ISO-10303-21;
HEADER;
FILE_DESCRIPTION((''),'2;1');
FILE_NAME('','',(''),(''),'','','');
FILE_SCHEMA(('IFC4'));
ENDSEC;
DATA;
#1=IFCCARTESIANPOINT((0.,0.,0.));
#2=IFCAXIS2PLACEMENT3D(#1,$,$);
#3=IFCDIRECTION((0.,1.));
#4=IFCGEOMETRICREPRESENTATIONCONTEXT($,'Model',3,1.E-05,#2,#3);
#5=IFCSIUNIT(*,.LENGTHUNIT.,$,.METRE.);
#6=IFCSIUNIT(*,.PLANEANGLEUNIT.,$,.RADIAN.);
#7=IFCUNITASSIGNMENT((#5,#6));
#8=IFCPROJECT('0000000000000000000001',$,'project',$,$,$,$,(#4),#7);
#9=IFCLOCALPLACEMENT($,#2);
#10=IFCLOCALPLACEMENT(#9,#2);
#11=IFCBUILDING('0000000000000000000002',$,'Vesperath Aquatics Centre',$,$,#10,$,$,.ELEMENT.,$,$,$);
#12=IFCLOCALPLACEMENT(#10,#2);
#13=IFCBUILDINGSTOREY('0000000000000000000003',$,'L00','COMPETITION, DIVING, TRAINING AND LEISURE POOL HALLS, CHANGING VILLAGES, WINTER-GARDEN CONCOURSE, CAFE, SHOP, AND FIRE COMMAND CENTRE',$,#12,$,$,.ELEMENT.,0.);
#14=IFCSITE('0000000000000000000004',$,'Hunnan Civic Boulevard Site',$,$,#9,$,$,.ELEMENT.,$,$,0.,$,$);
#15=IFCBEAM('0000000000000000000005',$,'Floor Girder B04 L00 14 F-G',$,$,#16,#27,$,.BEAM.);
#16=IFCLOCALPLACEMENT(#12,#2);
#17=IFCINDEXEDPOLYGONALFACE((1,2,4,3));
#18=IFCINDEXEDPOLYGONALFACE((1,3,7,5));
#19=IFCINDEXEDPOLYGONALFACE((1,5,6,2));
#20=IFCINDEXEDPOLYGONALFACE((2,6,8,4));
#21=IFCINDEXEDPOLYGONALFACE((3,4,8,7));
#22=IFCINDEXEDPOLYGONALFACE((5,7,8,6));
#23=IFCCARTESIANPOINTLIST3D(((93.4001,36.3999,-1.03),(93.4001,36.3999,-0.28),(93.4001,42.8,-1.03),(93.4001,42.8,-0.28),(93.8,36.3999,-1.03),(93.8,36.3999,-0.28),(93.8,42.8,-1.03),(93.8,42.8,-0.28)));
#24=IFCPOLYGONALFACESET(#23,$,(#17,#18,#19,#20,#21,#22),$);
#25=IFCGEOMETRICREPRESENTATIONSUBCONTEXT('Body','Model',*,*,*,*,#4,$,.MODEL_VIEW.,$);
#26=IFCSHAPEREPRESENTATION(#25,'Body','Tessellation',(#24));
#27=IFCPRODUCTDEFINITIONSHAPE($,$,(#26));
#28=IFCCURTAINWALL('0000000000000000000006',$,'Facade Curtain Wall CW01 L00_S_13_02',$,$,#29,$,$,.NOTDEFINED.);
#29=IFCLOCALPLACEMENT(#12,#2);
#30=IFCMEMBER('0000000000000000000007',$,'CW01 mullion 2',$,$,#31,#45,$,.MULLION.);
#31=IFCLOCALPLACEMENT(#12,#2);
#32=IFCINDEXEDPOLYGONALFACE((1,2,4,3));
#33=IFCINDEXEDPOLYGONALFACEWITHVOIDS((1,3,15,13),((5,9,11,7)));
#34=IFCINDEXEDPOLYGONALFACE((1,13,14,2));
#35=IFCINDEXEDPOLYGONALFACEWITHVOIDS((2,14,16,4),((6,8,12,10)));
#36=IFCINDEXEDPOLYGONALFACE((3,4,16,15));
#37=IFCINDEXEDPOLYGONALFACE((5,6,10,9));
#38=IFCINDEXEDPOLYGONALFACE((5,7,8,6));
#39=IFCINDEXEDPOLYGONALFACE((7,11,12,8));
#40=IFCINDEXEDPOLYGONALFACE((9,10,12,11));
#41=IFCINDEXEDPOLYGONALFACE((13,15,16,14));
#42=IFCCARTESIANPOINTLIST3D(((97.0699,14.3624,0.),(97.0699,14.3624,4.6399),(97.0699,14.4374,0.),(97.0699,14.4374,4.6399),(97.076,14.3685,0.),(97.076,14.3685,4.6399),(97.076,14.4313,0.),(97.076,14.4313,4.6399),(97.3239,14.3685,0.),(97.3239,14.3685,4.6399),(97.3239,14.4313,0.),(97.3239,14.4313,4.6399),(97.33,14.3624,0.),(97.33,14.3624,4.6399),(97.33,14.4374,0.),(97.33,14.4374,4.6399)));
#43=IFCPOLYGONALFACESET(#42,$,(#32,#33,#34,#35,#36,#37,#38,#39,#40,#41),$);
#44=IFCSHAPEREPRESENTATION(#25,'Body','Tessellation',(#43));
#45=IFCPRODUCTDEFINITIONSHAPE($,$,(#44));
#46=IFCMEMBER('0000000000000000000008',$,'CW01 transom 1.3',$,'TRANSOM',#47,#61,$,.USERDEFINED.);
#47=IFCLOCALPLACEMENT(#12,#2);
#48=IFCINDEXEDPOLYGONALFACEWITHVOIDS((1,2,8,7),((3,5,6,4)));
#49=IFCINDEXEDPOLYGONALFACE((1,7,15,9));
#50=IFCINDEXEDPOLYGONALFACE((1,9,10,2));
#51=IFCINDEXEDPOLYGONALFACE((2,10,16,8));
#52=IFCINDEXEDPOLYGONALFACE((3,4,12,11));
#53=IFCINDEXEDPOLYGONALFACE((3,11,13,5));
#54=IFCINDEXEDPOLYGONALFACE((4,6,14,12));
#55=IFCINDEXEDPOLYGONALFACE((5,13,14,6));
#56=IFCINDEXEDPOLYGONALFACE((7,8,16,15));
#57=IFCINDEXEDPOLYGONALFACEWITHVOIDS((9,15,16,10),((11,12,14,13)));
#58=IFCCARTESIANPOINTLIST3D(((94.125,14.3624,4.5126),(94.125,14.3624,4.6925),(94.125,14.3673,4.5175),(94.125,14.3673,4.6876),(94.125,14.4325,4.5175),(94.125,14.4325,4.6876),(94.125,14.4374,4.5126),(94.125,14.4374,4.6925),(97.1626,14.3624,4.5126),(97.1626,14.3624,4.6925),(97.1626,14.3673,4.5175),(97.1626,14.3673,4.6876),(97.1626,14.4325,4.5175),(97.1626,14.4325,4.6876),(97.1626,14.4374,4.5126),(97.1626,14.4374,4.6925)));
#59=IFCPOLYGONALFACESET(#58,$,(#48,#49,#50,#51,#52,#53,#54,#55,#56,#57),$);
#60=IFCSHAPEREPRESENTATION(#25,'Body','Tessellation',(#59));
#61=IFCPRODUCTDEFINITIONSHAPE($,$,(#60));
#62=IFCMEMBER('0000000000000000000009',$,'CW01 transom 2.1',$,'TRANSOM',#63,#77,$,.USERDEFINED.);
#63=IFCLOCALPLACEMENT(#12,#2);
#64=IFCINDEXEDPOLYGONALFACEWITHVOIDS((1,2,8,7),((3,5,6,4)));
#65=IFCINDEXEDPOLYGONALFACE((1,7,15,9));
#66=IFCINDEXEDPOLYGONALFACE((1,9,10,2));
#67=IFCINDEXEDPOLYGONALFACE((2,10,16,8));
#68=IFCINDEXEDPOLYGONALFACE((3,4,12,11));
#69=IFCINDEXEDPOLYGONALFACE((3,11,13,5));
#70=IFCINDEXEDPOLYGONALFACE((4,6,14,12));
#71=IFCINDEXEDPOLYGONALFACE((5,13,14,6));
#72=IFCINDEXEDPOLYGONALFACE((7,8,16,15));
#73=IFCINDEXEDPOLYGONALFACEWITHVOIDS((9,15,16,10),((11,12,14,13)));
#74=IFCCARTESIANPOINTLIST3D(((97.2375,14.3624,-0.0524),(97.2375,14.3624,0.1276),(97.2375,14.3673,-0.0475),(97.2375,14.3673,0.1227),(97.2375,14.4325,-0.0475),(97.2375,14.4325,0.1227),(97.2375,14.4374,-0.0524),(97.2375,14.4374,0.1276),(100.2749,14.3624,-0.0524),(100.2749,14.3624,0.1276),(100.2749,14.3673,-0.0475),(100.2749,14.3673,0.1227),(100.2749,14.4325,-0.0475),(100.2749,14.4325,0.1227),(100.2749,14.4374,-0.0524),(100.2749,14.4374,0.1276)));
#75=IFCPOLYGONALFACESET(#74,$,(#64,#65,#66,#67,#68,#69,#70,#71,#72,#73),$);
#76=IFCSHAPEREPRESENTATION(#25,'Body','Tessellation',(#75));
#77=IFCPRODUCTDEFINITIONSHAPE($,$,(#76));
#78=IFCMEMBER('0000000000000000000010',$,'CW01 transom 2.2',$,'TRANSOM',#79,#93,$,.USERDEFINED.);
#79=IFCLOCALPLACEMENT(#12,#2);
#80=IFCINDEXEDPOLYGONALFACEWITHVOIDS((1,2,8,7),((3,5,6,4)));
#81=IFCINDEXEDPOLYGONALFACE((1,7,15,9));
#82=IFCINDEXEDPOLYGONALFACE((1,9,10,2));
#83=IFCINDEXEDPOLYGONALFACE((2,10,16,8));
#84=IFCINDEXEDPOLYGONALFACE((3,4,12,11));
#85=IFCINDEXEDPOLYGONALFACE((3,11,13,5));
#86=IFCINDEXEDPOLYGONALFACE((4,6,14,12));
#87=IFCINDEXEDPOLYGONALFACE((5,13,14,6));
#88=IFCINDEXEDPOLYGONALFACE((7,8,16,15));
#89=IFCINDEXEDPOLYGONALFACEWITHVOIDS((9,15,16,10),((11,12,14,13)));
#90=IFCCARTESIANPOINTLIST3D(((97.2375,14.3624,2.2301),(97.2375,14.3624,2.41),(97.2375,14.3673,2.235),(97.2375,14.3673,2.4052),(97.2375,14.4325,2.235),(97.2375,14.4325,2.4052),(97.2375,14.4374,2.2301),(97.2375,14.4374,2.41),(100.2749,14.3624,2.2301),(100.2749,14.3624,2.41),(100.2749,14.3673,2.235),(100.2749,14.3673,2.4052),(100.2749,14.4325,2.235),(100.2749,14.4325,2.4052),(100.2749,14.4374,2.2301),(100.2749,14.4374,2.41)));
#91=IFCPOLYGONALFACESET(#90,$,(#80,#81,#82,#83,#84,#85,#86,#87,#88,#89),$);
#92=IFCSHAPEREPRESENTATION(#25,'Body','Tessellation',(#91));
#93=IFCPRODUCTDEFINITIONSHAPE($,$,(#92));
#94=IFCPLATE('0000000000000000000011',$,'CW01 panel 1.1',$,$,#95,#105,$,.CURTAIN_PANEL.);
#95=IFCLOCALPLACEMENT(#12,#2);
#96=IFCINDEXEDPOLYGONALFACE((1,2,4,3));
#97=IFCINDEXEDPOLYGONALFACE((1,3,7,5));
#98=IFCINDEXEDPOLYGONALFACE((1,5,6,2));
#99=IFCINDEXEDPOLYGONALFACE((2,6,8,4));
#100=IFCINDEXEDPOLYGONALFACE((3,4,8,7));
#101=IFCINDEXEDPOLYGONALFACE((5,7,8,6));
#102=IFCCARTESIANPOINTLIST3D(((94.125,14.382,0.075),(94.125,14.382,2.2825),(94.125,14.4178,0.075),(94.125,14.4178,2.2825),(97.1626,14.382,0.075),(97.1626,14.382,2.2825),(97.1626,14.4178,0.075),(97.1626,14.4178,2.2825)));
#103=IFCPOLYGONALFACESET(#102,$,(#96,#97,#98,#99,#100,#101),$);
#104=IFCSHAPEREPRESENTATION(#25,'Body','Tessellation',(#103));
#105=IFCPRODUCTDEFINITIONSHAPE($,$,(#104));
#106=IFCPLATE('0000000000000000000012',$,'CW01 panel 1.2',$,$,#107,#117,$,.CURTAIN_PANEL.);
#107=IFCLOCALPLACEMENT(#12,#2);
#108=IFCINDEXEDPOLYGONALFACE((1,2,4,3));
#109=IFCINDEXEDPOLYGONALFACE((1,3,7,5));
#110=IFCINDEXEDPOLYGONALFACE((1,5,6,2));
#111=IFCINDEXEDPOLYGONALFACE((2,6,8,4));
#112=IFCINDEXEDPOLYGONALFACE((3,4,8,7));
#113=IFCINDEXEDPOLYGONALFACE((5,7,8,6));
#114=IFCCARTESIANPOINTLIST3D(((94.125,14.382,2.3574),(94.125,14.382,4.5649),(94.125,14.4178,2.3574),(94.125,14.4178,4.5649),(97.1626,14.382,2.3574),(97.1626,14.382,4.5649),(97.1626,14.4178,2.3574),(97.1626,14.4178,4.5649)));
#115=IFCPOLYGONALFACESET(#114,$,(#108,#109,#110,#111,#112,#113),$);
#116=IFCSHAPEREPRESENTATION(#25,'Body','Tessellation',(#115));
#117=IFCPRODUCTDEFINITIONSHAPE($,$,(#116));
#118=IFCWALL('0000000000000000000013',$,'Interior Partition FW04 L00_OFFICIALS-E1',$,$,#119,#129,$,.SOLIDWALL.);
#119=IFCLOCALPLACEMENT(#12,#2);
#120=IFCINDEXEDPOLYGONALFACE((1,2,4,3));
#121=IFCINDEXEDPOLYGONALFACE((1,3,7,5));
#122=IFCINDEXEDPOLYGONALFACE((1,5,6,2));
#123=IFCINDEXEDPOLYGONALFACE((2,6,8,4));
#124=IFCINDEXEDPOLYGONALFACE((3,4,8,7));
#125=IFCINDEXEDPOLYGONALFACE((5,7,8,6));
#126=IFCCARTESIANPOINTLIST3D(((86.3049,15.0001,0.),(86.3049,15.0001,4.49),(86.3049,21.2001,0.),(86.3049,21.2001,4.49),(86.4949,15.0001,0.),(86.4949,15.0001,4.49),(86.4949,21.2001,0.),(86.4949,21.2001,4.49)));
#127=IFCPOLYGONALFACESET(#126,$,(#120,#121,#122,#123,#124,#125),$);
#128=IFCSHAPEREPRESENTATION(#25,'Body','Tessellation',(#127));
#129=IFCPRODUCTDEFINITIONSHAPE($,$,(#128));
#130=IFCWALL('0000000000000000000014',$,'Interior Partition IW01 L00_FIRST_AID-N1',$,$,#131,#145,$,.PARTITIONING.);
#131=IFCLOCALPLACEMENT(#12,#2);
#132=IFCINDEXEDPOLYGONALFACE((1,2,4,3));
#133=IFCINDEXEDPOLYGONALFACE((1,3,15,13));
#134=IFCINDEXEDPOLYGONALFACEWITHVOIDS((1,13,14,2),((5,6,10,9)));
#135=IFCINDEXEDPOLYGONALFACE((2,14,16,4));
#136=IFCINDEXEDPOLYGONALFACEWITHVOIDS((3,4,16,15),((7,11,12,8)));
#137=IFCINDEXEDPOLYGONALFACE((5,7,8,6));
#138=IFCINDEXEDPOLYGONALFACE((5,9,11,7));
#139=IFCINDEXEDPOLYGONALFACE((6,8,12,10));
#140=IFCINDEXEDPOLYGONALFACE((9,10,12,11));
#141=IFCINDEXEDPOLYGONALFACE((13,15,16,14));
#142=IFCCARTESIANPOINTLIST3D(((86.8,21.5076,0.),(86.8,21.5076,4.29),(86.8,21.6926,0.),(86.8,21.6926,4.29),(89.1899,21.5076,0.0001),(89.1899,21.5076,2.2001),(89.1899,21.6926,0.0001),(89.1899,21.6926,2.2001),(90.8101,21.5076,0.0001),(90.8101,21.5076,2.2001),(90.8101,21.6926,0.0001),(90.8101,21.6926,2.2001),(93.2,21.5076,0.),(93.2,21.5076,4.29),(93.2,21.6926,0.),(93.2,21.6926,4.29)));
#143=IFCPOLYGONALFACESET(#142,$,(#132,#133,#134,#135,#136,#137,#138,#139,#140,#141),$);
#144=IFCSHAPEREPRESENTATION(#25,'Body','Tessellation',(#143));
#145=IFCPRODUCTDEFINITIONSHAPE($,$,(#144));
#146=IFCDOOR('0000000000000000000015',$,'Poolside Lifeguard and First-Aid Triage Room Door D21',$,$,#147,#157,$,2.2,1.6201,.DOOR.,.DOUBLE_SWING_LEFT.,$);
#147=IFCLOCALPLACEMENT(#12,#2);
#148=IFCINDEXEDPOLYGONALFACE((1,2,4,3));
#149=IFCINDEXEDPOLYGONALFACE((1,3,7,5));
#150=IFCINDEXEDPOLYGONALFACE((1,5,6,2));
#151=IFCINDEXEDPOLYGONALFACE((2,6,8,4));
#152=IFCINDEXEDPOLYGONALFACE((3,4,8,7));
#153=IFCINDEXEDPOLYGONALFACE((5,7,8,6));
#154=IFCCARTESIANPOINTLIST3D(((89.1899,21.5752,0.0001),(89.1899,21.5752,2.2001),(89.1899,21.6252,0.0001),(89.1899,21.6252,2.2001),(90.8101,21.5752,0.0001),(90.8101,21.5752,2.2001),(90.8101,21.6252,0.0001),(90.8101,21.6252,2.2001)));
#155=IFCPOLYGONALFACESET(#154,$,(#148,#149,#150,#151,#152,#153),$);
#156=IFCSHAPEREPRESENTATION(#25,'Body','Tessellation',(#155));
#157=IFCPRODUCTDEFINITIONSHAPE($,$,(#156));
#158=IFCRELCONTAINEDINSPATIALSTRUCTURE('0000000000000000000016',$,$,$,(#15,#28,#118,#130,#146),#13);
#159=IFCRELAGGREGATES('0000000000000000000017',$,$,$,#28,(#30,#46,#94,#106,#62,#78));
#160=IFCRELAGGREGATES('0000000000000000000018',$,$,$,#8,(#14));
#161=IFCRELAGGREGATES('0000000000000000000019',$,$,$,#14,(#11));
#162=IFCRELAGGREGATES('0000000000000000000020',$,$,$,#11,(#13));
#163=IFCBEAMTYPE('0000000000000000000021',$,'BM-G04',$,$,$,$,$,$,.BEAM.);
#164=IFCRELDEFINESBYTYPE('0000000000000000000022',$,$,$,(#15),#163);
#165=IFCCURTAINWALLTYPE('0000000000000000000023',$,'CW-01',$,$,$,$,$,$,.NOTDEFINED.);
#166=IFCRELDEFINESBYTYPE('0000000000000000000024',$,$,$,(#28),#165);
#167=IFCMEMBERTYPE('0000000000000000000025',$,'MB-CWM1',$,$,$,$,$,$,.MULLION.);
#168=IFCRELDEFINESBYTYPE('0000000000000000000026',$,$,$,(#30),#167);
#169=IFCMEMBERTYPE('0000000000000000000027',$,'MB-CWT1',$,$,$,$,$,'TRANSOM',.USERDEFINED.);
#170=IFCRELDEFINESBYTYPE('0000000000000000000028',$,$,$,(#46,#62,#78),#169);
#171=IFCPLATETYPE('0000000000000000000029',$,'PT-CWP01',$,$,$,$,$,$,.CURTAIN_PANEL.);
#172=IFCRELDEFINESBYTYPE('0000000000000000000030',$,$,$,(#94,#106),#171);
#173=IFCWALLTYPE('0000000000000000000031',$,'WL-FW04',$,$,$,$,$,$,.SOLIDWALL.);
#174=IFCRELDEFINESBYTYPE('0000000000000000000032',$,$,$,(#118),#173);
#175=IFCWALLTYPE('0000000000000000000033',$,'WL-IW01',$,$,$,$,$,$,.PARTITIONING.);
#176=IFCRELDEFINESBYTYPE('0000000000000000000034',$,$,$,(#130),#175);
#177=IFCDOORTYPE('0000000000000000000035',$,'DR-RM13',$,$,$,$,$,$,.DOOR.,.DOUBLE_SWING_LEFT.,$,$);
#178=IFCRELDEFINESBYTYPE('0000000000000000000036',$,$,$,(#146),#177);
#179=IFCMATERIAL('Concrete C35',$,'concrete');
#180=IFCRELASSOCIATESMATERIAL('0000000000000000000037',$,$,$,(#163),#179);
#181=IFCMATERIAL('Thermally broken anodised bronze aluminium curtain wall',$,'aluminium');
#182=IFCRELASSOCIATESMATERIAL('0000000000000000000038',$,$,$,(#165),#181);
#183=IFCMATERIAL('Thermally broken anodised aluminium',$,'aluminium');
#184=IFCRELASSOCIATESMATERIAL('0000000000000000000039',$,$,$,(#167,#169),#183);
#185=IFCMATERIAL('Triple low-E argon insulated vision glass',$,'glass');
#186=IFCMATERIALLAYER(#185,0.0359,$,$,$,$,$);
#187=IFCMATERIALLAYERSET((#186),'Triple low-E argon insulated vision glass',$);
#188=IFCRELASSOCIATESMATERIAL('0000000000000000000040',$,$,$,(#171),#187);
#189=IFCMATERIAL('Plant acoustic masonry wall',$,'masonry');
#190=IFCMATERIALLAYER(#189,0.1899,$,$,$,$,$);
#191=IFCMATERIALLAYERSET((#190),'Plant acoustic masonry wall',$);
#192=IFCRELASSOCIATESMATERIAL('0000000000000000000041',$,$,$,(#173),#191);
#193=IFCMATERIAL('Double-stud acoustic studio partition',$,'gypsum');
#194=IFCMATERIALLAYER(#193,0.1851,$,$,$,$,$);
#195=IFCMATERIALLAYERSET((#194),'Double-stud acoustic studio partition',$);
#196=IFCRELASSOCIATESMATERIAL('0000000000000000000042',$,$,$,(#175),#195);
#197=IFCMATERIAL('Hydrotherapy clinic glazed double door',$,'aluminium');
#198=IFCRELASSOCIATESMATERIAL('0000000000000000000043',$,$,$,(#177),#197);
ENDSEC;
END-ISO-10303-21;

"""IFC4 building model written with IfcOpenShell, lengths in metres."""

from ifc_helpers import new_model, si_unit, direction, frame, frame_2d, origin, origin_2d, place, context, subcontext, project, spatial, rectangle, hollow_rectangle, extrude, material, layer, layer_set, material_profile, profile_set, type_object, element, fill, aggregate, save


model = new_model("IFC4")

# Units and contexts
model_context = context("Model", 3, precision=1e-05, world=origin(), true_north=direction((0.0, 1.0)))
body_context = subcontext(model_context, "Body", "Model", "MODEL_VIEW")
ifc_project = project(units=[si_unit("LENGTHUNIT", "METRE"), si_unit("PLANEANGLEUNIT", "RADIAN")], contexts=[model_context])

# Site, building, storey
site_placement = place(None, origin())
site = spatial("IfcSite", under=ifc_project, at=site_placement, Name="Hunnan Civic Boulevard Site", CompositionType="ELEMENT", RefElevation=0.0)
building_placement = place(site_placement, origin())
building = spatial("IfcBuilding", under=site, at=building_placement, Name="Vesperath Aquatics Centre", CompositionType="ELEMENT")
storey_placement = place(building_placement, origin())
storey = spatial("IfcBuildingStorey", under=building, at=storey_placement, Name="L00", Description="COMPETITION, DIVING, TRAINING AND LEISURE POOL HALLS, CHANGING VILLAGES, WINTER-GARDEN CONCOURSE, CAFE, SHOP, AND FIRE COMMAND CENTRE", CompositionType="ELEMENT", Elevation=0.0)

# Beam
ifc_material_1 = material(Name="Concrete C35", Category="concrete")
ifc_material_profile_1 = material_profile(ifc_material_1, rectangle(XDim=0.3999, YDim=0.75, at=origin_2d()), Name="RC 400x750")
ifc_profile_set_1 = profile_set([ifc_material_profile_1], Name="Concrete C35")
beam_type_1 = type_object("IfcBeamType", Name="BM-G04", PredefinedType="BEAM", material=ifc_profile_set_1)
for number, where, z_axis, x_axis, name in (
    (1, (93.6001, 36.3999, -0.655), (0.0, 1.0, 0.0), (-1.0, 0.0, 0.0), "Floor Girder B04 L00 14 F-G"),
):
    element("IfcBeam", number, at=place(storey_placement, frame(where, z_axis=z_axis, x_axis=x_axis)), inside=storey, type_object=beam_type_1, Name=name, PredefinedType="BEAM", context=body_context, shape_type="SweptSolid", body=[
        extrude(rectangle(XDim=0.3999, YDim=0.75, at=origin_2d()), origin(), (0.0, 0.0, 1.0), 6.4001),
    ])

# Curtain wall, members, plates
ifc_material_2 = material(Name="Thermally broken anodised bronze aluminium curtain wall", Category="aluminium")
curtain_wall_type = type_object("IfcCurtainWallType", Name="CW-01", PredefinedType="NOTDEFINED", material=ifc_material_2)
curtain_wall_placement = place(storey_placement, origin())
curtain_wall = element("IfcCurtainWall", 2, at=curtain_wall_placement, inside=storey, type_object=curtain_wall_type, Name="Facade Curtain Wall CW01 L00_S_13_02", PredefinedType="NOTDEFINED")
ifc_material_3 = material(Name="Thermally broken anodised aluminium", Category="aluminium")
ifc_material_profile_2 = material_profile(ifc_material_3, hollow_rectangle(XDim=0.075, YDim=0.26, WallThickness=0.0061, at=origin_2d()), Name="CWM 75x260x6")
ifc_profile_set_2 = profile_set([ifc_material_profile_2], Name="Thermally broken anodised aluminium")
member_type_1 = type_object("IfcMemberType", Name="MB-CWM1", PredefinedType="MULLION", material=ifc_profile_set_2)
member_1_placement = place(storey_placement, frame((97.2, 14.3999, 0.0), z_axis=(0.0, 0.0, 1.0), x_axis=(0.0, 1.0, 0.0)))
member_1 = element("IfcMember", 3, at=member_1_placement, type_object=member_type_1, Name="CW01 mullion 2", PredefinedType="MULLION", context=body_context, shape_type="SweptSolid", body=[
    extrude(hollow_rectangle(XDim=0.075, YDim=0.26, WallThickness=0.0061, at=origin_2d()), origin(), (0.0, 0.0, 1.0), 4.6399),
])
ifc_material_profile_3 = material_profile(ifc_material_3, hollow_rectangle(XDim=0.075, YDim=0.1799, WallThickness=0.0049, at=origin_2d()), Name="CWT 75x180x5")
ifc_profile_set_3 = profile_set([ifc_material_profile_3], Name="Thermally broken anodised aluminium")
member_type_2 = type_object("IfcMemberType", Name="MB-CWT1", ElementType="TRANSOM", PredefinedType="USERDEFINED", material=ifc_profile_set_3)
member_2_placement = place(storey_placement, frame((94.125, 14.3999, 4.6025), z_axis=(1.0, 0.0, 0.0), x_axis=(0.0, 1.0, 0.0)))
member_2 = element("IfcMember", 4, at=member_2_placement, type_object=member_type_2, Name="CW01 transom 1.3", ObjectType="TRANSOM", PredefinedType="USERDEFINED", context=body_context, shape_type="SweptSolid", body=[
    extrude(hollow_rectangle(XDim=0.075, YDim=0.1799, WallThickness=0.0049, at=origin_2d()), origin(), (0.0, 0.0, 1.0), 3.0376),
])
member_3_placement = place(storey_placement, frame((97.2375, 14.3999, 0.0376), z_axis=(1.0, 0.0, 0.0), x_axis=(0.0, 1.0, 0.0)))
member_3 = element("IfcMember", 5, at=member_3_placement, type_object=member_type_2, Name="CW01 transom 2.1", ObjectType="TRANSOM", PredefinedType="USERDEFINED", context=body_context, shape_type="SweptSolid", body=[
    extrude(hollow_rectangle(XDim=0.075, YDim=0.1799, WallThickness=0.0049, at=origin_2d()), origin(), (0.0, 0.0, 1.0), 3.0374),
])
member_4_placement = place(storey_placement, frame((97.2375, 14.3999, 2.3201), z_axis=(1.0, 0.0, 0.0), x_axis=(0.0, 1.0, 0.0)))
member_4 = element("IfcMember", 6, at=member_4_placement, type_object=member_type_2, Name="CW01 transom 2.2", ObjectType="TRANSOM", PredefinedType="USERDEFINED", context=body_context, shape_type="SweptSolid", body=[
    extrude(hollow_rectangle(XDim=0.075, YDim=0.1799, WallThickness=0.0049, at=origin_2d()), origin(), (0.0, 0.0, 1.0), 3.0374),
])
ifc_material_4 = material(Name="Triple low-E argon insulated vision glass", Category="glass")
ifc_layer_1 = layer(ifc_material_4, 0.0359)
ifc_layer_set_1 = layer_set([ifc_layer_1], Name="Triple low-E argon insulated vision glass")
plate_type = type_object("IfcPlateType", Name="PT-CWP01", PredefinedType="CURTAIN_PANEL", material=ifc_layer_set_1)
plate_1_placement = place(storey_placement, frame((95.6438, 14.3999, 0.075), z_axis=(0.0, 0.0, 1.0), x_axis=(1.0, 0.0, 0.0)))
plate_1 = element("IfcPlate", 7, at=plate_1_placement, type_object=plate_type, Name="CW01 panel 1.1", PredefinedType="CURTAIN_PANEL", context=body_context, shape_type="SweptSolid", body=[
    extrude(rectangle(XDim=3.0376, YDim=0.0359, at=origin_2d()), origin(), (0.0, 0.0, 1.0), 2.2075),
])
plate_2_placement = place(storey_placement, frame((95.6438, 14.3999, 2.3574), z_axis=(0.0, 0.0, 1.0), x_axis=(1.0, 0.0, 0.0)))
plate_2 = element("IfcPlate", 8, at=plate_2_placement, type_object=plate_type, Name="CW01 panel 1.2", PredefinedType="CURTAIN_PANEL", context=body_context, shape_type="SweptSolid", body=[
    extrude(rectangle(XDim=3.0376, YDim=0.0359, at=origin_2d()), origin(), (0.0, 0.0, 1.0), 2.2075),
])
aggregate(curtain_wall, [member_1, member_2, plate_1, plate_2, member_3, member_4])

# Wall
ifc_material_5 = material(Name="Plant acoustic masonry wall", Category="masonry")
ifc_layer_2 = layer(ifc_material_5, 0.1899)
ifc_layer_set_2 = layer_set([ifc_layer_2], Name="Plant acoustic masonry wall")
wall_type_1 = type_object("IfcWallType", Name="WL-FW04", PredefinedType="SOLIDWALL", material=ifc_layer_set_2)
wall_1_placement = place(storey_placement, frame((86.3999, 15.0, 0.0), z_axis=(0.0, 0.0, 1.0), x_axis=(0.0, 1.0, 0.0)))
element("IfcWall", 9, at=wall_1_placement, inside=storey, type_object=wall_type_1, Name="Interior Partition FW04 L00_OFFICIALS-E1", PredefinedType="SOLIDWALL", context=body_context, shape_type="SweptSolid", body=[
    extrude(rectangle(XDim=6.2, YDim=0.1899, at=frame_2d((3.1001, 0.0))), origin(), (0.0, 0.0, 1.0), 4.49),
])

# Wall, opening, door
ifc_material_6 = material(Name="Double-stud acoustic studio partition", Category="gypsum")
ifc_layer_3 = layer(ifc_material_6, 0.1851)
ifc_layer_set_3 = layer_set([ifc_layer_3], Name="Double-stud acoustic studio partition")
wall_type_2 = type_object("IfcWallType", Name="WL-IW01", PredefinedType="PARTITIONING", material=ifc_layer_set_3)
wall_2_placement = place(storey_placement, frame((86.8, 21.6001, 0.0), z_axis=(0.0, 0.0, 1.0), x_axis=(1.0, 0.0, 0.0)))
wall_2 = element("IfcWall", 10, at=wall_2_placement, inside=storey, type_object=wall_type_2, Name="Interior Partition IW01 L00_FIRST_AID-N1", PredefinedType="PARTITIONING", context=body_context, shape_type="SweptSolid", body=[
    extrude(rectangle(XDim=6.3999, YDim=0.1851, at=frame_2d((3.2, 0.0))), origin(), (0.0, 0.0, 1.0), 4.29),
])
opening_1_placement = place(wall_2_placement, frame((2.3899, 0.0, 0.0)))
opening_1 = element("IfcOpeningElement", 11, at=opening_1_placement, cuts=wall_2, PredefinedType="OPENING", context=body_context, shape_type="SweptSolid", body=[
    extrude(rectangle(XDim=1.6201, YDim=2.2, at=frame_2d((0.8101, 1.1001))), frame((0.0, 0.1074, 0.0), z_axis=(0.0, -1.0, 0.0), x_axis=(1.0, 0.0, 0.0)), (0.0, 0.0, 1.0), 0.2148),
])
ifc_material_7 = material(Name="Hydrotherapy clinic glazed double door", Category="aluminium")
door_type = type_object("IfcDoorType", Name="DR-RM13", OperationType="DOUBLE_SWING_LEFT", PredefinedType="DOOR", material=ifc_material_7)
door_placement = place(opening_1_placement, frame((1.6201, 0.0, 0.0), z_axis=(0.0, 0.0, 1.0), x_axis=(-1.0, 0.0, 0.0)))
door = element("IfcDoor", 12, at=door_placement, inside=storey, type_object=door_type, Name="Poolside Lifeguard and First-Aid Triage Room Door D21", OperationType="DOUBLE_SWING_LEFT", OverallHeight=2.2, OverallWidth=1.6201, PredefinedType="DOOR", context=body_context, shape_type="SweptSolid", body=[
    extrude(rectangle(XDim=1.6201, YDim=2.2, at=frame_2d((0.8101, 1.1001))), frame((0.0, 0.0249, 0.0), z_axis=(0.0, -1.0, 0.0), x_axis=(1.0, 0.0, 0.0)), (0.0, 0.0, 1.0), 0.05),
])
fill(opening_1, door)

save(model, "model.ifc")
